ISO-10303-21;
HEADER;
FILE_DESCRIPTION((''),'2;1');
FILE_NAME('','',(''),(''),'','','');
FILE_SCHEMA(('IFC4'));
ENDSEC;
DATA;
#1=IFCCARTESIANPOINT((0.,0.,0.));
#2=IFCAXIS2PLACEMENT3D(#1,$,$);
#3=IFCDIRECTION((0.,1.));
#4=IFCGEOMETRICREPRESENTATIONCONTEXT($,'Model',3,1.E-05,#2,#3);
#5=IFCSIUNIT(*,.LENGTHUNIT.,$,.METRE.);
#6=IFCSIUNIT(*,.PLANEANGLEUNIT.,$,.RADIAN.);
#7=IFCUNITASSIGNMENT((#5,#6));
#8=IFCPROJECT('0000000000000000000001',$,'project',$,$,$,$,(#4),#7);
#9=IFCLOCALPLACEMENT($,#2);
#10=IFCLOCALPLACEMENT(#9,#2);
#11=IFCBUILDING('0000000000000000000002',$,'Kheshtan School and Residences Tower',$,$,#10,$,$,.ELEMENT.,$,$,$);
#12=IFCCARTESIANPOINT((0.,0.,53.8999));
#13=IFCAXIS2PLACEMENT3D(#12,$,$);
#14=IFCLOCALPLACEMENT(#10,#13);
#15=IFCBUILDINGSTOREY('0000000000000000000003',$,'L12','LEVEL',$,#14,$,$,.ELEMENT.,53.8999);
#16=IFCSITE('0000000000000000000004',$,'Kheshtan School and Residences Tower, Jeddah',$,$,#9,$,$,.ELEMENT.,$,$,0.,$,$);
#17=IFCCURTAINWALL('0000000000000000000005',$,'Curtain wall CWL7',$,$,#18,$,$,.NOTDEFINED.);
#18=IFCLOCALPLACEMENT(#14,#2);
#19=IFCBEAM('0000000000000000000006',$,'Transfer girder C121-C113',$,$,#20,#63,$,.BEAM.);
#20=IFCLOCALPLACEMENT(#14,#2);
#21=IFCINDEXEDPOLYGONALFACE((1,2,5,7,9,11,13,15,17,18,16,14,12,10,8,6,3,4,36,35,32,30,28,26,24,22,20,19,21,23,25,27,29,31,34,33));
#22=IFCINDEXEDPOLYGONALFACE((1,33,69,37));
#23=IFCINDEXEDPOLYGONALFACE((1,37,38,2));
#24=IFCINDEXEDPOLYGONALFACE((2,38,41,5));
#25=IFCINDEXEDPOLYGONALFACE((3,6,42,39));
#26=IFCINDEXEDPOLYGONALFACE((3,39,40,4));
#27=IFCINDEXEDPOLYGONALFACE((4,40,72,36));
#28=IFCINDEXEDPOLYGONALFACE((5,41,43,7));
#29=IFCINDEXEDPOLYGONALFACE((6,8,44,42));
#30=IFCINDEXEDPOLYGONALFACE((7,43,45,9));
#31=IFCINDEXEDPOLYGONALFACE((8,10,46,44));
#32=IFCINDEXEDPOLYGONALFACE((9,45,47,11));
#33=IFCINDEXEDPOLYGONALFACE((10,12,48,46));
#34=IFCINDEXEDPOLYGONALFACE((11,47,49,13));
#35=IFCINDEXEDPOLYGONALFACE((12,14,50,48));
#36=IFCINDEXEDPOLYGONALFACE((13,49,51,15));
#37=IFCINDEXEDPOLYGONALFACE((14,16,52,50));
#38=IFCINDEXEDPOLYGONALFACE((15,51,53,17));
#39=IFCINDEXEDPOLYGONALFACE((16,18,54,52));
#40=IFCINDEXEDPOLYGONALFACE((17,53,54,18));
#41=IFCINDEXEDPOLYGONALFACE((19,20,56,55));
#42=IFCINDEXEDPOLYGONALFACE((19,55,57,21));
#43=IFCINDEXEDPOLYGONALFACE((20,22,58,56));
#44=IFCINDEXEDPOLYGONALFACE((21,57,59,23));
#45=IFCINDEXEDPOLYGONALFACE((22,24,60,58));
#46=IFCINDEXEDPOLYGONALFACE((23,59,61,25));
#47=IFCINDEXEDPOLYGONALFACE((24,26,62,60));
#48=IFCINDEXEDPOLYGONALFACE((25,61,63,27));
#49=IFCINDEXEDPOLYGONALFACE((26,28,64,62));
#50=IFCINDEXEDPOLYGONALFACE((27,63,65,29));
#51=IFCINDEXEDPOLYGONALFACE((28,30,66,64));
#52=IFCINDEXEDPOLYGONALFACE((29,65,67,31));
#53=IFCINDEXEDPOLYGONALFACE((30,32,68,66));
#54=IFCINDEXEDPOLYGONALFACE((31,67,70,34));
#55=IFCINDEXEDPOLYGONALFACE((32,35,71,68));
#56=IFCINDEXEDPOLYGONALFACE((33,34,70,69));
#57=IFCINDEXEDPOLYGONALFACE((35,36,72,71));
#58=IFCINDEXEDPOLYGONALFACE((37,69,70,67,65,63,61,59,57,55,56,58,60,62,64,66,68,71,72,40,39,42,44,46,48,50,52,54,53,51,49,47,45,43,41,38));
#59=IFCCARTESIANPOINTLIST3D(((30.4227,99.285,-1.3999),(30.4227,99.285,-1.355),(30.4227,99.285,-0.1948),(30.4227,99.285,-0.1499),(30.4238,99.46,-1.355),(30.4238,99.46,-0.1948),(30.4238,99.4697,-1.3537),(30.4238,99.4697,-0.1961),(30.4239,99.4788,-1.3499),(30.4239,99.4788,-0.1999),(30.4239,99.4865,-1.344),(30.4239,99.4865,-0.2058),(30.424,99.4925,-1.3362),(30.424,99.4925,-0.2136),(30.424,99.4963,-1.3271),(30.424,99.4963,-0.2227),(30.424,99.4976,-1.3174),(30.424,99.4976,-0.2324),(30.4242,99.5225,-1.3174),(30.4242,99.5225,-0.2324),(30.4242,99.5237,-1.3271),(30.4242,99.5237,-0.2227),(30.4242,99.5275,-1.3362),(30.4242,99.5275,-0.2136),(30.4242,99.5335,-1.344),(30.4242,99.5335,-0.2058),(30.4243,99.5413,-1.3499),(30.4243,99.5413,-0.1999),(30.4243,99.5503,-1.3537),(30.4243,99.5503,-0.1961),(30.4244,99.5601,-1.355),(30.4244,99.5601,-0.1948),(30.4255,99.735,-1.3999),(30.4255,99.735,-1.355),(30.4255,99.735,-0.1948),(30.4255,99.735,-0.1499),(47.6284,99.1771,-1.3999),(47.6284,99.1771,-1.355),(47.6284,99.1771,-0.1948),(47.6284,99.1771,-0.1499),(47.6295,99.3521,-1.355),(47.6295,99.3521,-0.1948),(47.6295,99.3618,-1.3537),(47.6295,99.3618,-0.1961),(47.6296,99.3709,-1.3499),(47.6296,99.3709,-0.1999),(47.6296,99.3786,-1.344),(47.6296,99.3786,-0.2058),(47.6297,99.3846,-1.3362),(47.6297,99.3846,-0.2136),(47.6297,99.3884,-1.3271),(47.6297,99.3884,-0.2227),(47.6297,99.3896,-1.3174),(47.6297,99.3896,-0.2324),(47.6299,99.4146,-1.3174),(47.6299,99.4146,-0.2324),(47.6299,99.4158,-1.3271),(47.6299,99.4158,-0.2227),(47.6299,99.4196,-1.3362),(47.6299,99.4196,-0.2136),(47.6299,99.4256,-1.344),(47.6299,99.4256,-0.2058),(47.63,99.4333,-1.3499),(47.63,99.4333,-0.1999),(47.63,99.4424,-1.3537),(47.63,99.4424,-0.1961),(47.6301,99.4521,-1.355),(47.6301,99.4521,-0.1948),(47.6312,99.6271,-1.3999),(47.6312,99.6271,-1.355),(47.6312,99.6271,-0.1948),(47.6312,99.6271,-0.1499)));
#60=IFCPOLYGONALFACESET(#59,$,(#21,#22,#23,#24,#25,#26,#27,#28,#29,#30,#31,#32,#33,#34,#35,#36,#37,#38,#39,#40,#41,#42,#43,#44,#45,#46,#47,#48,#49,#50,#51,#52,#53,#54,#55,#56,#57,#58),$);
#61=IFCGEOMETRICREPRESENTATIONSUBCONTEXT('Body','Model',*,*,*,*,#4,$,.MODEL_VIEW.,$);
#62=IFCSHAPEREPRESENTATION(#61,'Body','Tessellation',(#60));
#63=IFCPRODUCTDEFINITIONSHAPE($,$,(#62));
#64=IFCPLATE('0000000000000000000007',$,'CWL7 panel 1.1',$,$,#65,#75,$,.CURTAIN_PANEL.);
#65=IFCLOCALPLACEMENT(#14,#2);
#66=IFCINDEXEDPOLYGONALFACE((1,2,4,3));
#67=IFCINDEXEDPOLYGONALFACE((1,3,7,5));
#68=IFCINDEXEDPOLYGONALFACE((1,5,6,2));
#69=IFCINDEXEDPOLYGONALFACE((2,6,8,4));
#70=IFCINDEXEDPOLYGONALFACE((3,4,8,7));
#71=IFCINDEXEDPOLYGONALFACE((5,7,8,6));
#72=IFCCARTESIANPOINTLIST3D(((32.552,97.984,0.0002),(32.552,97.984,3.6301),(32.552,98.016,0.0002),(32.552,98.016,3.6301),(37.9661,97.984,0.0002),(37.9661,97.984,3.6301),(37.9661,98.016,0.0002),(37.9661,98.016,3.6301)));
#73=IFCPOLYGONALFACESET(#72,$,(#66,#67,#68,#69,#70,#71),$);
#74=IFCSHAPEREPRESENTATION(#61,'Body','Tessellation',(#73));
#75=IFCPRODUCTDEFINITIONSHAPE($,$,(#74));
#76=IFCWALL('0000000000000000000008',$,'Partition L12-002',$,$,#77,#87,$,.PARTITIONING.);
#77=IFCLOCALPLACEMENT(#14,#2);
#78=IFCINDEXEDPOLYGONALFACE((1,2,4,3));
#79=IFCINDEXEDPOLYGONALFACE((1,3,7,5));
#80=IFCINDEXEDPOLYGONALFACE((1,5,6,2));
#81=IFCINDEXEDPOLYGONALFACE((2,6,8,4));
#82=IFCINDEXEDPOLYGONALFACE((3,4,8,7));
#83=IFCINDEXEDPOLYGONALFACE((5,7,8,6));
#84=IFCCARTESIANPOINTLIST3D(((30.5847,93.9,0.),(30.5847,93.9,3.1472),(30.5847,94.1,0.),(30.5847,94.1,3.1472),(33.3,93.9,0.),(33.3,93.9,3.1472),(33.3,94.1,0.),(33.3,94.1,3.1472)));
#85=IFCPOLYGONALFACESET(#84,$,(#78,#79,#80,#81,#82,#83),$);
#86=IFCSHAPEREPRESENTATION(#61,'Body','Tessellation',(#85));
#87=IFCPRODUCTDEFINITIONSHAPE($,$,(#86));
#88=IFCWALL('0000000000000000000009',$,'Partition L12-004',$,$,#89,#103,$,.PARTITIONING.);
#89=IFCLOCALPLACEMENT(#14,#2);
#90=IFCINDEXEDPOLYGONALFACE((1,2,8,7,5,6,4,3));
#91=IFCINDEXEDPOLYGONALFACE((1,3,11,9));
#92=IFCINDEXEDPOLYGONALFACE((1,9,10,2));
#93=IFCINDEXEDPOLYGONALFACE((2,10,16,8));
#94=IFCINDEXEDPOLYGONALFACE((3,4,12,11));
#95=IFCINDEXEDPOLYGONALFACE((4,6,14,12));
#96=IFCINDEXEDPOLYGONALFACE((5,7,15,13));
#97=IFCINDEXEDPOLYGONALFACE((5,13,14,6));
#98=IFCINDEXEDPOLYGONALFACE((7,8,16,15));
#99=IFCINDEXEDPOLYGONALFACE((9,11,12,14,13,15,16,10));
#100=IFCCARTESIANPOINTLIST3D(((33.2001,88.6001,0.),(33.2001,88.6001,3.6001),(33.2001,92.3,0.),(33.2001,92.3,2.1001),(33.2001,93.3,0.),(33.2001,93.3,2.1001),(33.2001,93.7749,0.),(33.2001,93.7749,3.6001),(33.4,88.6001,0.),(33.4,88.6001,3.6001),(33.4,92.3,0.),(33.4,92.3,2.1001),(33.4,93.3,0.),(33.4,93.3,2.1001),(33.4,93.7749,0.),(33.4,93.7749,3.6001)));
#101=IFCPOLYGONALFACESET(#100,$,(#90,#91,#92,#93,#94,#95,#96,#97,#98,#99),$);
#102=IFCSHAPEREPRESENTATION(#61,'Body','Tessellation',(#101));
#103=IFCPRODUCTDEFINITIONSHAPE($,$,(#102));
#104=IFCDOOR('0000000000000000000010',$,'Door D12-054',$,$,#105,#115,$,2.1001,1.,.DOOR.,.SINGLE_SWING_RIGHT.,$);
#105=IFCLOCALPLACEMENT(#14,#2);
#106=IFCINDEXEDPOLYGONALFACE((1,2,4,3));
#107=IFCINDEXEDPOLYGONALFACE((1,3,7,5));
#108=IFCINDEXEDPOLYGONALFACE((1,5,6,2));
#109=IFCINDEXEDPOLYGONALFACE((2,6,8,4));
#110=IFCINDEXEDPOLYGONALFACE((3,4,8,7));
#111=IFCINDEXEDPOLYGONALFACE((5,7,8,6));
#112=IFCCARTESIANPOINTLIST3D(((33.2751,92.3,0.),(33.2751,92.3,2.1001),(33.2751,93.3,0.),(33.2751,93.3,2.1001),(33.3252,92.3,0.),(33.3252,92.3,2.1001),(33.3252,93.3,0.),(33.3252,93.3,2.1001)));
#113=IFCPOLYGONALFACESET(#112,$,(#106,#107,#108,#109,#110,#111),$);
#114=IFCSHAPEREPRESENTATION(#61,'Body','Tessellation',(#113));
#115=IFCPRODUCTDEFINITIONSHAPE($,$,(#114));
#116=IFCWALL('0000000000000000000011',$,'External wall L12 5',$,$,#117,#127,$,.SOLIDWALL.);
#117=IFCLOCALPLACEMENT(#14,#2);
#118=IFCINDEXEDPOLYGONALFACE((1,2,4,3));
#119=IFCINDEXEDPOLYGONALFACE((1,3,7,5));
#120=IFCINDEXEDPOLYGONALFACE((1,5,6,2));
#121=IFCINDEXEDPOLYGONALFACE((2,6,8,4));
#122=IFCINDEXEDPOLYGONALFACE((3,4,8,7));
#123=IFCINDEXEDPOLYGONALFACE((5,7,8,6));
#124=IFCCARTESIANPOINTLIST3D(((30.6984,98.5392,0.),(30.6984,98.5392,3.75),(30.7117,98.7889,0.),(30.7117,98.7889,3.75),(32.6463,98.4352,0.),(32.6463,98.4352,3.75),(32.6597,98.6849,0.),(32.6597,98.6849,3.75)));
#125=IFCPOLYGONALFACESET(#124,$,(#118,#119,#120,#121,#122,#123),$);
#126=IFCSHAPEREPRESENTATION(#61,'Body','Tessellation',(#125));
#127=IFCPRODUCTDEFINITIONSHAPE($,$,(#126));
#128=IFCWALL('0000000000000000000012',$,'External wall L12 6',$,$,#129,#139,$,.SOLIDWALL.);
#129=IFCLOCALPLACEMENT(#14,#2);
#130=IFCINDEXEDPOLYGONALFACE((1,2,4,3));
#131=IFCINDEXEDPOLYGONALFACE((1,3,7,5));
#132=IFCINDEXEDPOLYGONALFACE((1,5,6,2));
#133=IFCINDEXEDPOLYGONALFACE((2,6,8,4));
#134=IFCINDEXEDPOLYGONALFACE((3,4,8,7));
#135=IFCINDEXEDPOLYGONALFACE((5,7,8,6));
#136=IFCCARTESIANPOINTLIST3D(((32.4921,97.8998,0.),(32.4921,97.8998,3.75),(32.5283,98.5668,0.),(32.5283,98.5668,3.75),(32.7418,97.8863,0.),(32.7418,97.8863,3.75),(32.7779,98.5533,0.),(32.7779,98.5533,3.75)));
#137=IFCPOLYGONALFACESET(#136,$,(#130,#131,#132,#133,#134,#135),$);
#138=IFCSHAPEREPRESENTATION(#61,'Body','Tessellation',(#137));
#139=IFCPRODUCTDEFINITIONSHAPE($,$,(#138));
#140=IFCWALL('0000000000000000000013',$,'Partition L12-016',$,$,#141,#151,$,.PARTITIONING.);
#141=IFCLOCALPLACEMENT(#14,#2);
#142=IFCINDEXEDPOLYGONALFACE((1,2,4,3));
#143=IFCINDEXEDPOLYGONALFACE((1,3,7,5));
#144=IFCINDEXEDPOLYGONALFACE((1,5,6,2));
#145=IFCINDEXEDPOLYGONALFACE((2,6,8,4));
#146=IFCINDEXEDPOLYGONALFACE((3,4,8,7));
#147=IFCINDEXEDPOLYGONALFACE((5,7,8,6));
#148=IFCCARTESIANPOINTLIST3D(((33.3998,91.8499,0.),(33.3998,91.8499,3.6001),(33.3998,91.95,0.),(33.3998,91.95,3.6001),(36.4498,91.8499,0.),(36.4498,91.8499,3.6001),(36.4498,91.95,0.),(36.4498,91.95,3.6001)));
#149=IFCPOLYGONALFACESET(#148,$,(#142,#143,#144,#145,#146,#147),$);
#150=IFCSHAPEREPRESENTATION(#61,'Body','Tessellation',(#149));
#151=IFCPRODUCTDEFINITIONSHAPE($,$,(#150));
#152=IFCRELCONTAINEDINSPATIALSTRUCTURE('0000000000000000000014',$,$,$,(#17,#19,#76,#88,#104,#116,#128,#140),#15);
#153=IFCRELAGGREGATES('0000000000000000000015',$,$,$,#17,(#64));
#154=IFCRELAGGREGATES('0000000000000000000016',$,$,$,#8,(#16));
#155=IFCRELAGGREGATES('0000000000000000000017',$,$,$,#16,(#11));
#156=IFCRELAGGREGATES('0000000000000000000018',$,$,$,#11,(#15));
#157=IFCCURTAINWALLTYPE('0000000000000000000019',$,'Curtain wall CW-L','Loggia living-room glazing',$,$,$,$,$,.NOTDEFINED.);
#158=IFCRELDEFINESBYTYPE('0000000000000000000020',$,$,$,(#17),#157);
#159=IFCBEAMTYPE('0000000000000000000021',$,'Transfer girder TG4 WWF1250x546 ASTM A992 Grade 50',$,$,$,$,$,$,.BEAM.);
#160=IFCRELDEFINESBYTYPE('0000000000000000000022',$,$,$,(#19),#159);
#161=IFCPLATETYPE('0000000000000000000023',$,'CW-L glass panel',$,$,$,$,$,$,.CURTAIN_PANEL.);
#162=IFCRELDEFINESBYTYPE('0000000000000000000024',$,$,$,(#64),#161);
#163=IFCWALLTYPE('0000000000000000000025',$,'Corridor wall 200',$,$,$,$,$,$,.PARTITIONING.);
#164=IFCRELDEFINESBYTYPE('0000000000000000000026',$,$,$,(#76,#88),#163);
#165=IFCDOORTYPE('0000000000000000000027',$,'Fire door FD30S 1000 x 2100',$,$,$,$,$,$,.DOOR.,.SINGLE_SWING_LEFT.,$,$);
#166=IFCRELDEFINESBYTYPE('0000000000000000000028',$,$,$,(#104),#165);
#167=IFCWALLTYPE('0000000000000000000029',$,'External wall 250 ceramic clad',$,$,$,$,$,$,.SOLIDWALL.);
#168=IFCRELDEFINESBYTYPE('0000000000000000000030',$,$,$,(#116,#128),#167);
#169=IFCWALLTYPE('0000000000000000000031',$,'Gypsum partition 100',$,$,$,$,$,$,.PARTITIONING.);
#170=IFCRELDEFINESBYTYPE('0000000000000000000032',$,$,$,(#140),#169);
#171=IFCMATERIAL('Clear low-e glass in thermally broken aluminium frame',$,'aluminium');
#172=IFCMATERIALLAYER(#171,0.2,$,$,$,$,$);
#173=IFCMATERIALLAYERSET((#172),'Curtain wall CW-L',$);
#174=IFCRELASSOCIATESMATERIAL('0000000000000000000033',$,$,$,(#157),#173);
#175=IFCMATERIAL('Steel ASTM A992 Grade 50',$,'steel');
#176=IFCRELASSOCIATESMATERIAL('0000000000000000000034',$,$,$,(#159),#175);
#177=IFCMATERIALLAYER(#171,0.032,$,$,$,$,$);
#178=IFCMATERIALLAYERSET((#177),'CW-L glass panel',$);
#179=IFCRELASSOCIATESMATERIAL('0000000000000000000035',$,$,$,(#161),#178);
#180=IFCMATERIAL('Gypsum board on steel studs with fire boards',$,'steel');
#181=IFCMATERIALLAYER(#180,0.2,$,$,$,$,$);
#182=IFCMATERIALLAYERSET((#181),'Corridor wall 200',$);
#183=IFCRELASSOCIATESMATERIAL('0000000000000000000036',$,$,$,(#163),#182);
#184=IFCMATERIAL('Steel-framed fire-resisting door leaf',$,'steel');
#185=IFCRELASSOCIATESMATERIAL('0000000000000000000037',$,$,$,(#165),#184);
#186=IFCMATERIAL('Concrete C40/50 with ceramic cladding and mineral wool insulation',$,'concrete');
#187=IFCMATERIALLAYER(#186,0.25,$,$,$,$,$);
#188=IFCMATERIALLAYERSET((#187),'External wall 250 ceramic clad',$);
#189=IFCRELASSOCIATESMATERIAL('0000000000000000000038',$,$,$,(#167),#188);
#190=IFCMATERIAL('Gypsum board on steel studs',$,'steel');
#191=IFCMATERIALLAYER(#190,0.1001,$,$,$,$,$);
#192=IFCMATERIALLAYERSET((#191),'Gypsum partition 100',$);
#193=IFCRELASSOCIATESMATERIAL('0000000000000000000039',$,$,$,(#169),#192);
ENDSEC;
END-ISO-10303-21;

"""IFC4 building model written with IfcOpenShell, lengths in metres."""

from ifc_helpers import new_model, si_unit, direction, frame, frame_2d, origin, origin_2d, place, context, subcontext, project, spatial, rectangle, i_section, extrude, source, transform, mapped, material, layer, layer_set, material_profile, profile_set, type_object, element, fill, aggregate, save


model = new_model("IFC4")

# Units and contexts
model_context = context("Model", 3, precision=1e-05, world=origin(), true_north=direction((0.0, 1.0)))
body_context = subcontext(model_context, "Body", "Model", "MODEL_VIEW")
ifc_project = project(units=[si_unit("LENGTHUNIT", "METRE"), si_unit("PLANEANGLEUNIT", "RADIAN")], contexts=[model_context])

# Site, building, storey
site_placement = place(None, origin())
site = spatial("IfcSite", under=ifc_project, at=site_placement, Name="Kheshtan School and Residences Tower, Jeddah", CompositionType="ELEMENT", RefElevation=0.0)
building_placement = place(site_placement, origin())
building = spatial("IfcBuilding", under=site, at=building_placement, Name="Kheshtan School and Residences Tower", CompositionType="ELEMENT")
storey_placement = place(building_placement, frame((0.0, 0.0, 53.8999)))
storey = spatial("IfcBuildingStorey", under=building, at=storey_placement, Name="L12", Description="LEVEL", CompositionType="ELEMENT", Elevation=53.8999)

# Shared definitions
ifc_material_1 = material(Name="Steel ASTM A992 Grade 50", Category="steel")

# Curtain wall
ifc_material_2 = material(Name="Clear low-e glass in thermally broken aluminium frame", Category="aluminium")
ifc_layer_1 = layer(ifc_material_2, 0.2)
ifc_layer_set_1 = layer_set([ifc_layer_1], Name="Curtain wall CW-L")
curtain_wall_type = type_object("IfcCurtainWallType", Name="Curtain wall CW-L", Description="Loggia living-room glazing", PredefinedType="NOTDEFINED", material=ifc_layer_set_1)
curtain_wall_placement = place(storey_placement, origin())
curtain_wall = element("IfcCurtainWall", 1, at=curtain_wall_placement, inside=storey, type_object=curtain_wall_type, Name="Curtain wall CWL7", PredefinedType="NOTDEFINED")

# Beam
ifc_material_profile_1 = material_profile(ifc_material_1, i_section(OverallWidth=0.45, OverallDepth=1.25, WebThickness=0.0249, FlangeThickness=0.0449, FilletRadius=0.0376, at=origin_2d()), Name="WWF1250x546")
ifc_profile_set_1 = profile_set([ifc_material_profile_1], Name="Steel ASTM A992 Grade 50")
beam_type_1 = type_object("IfcBeamType", Name="Transfer girder TG4 WWF1250x546 ASTM A992 Grade 50", PredefinedType="BEAM", material=ifc_profile_set_1)
beam_1_placement = place(storey_placement, frame((30.4241, 99.51, -0.7749), z_axis=(0.99998, -0.006272, 0.0), x_axis=(0.006272, 0.99998, 0.0)))
element("IfcBeam", 2, at=beam_1_placement, inside=storey, type_object=beam_type_1, Name="Transfer girder C121-C113", PredefinedType="BEAM", context=body_context, shape_type="SweptSolid", body=[
    extrude(i_section(OverallWidth=0.45, OverallDepth=1.25, WebThickness=0.0249, FlangeThickness=0.0449, FilletRadius=0.0376, at=origin_2d()), origin(), (0.0, 0.0, 1.0), 17.2061),
])

# Plate
ifc_layer_2 = layer(ifc_material_2, 0.032)
ifc_layer_set_2 = layer_set([ifc_layer_2], Name="CW-L glass panel")
plate_type = type_object("IfcPlateType", Name="CW-L glass panel", PredefinedType="CURTAIN_PANEL", material=ifc_layer_set_2)
plate_placement = place(storey_placement, frame((35.259, 98.0, 0.0002), z_axis=(0.0, 0.0, 1.0), x_axis=(1.0, 0.0, 0.0)))
plate = element("IfcPlate", 3, at=plate_placement, type_object=plate_type, Name="CWL7 panel 1.1", PredefinedType="CURTAIN_PANEL", context=body_context, shape_type="SweptSolid", body=[
    extrude(rectangle(XDim=5.4141, YDim=0.032, at=origin_2d()), origin(), (0.0, 0.0, 1.0), 3.6299),
])
aggregate(curtain_wall, [plate])

# Wall
ifc_material_3 = material(Name="Gypsum board on steel studs with fire boards", Category="steel")
ifc_layer_3 = layer(ifc_material_3, 0.2)
ifc_layer_set_3 = layer_set([ifc_layer_3], Name="Corridor wall 200")
wall_type_1 = type_object("IfcWallType", Name="Corridor wall 200", PredefinedType="PARTITIONING", material=ifc_layer_set_3)
wall_1_placement = place(storey_placement, frame((30.5847, 94.0, 0.0), z_axis=(0.0, 0.0, 1.0), x_axis=(1.0, 0.0, 0.0)))
element("IfcWall", 4, at=wall_1_placement, inside=storey, type_object=wall_type_1, Name="Partition L12-002", PredefinedType="PARTITIONING", context=body_context, shape_type="SweptSolid", body=[
    extrude(rectangle(XDim=2.7153, YDim=0.2, at=frame_2d((1.3577, 0.0))), origin(), (0.0, 0.0, 1.0), 3.1472),
])

# Wall, opening, door
wall_2_placement = place(storey_placement, frame((33.3, 88.6001, 0.0), z_axis=(0.0, 0.0, 1.0), x_axis=(0.0, 1.0, 0.0)))
wall_2 = element("IfcWall", 5, at=wall_2_placement, inside=storey, type_object=wall_type_1, Name="Partition L12-004", PredefinedType="PARTITIONING", context=body_context, shape_type="SweptSolid", body=[
    extrude(rectangle(XDim=5.1748, YDim=0.2, at=frame_2d((2.5874, 0.0))), origin(), (0.0, 0.0, 1.0), 3.6001),
])
opening_1_placement = place(wall_2_placement, frame((3.7, 0.0, 0.0)))
opening_1 = element("IfcOpeningElement", 6, at=opening_1_placement, cuts=wall_2, PredefinedType="OPENING", context=body_context, shape_type="SweptSolid", body=[
    extrude(rectangle(XDim=1.0, YDim=2.1001, at=frame_2d((0.5, 1.05))), frame((0.0, 0.1099, 0.0), z_axis=(0.0, -1.0, 0.0), x_axis=(1.0, 0.0, 0.0)), (0.0, 0.0, 1.0), 0.22),
])
ifc_material_4 = material(Name="Steel-framed fire-resisting door leaf", Category="steel")
door_type_1 = type_object("IfcDoorType", Name="Fire door FD30S 1000 x 2100", OperationType="SINGLE_SWING_LEFT", PredefinedType="DOOR", material=ifc_material_4)
shared_shape_1 = source(origin(), body_context, "Body", "SweptSolid", [
    extrude(rectangle(XDim=1.0, YDim=2.1001, at=frame_2d((0.5, 1.05))), frame((0.0, 0.0249, 0.0), z_axis=(0.0, -1.0, 0.0), x_axis=(1.0, 0.0, 0.0)), (0.0, 0.0, 1.0), 0.05),
])
door_1_placement = place(opening_1_placement, origin())
door_1 = element("IfcDoor", 7, at=door_1_placement, inside=storey, type_object=door_type_1, Name="Door D12-054", OperationType="SINGLE_SWING_RIGHT", OverallHeight=2.1001, OverallWidth=1.0, PredefinedType="DOOR", context=body_context, shape_type="MappedRepresentation", body=[
    mapped(shared_shape_1, transform((0.0, 0.0, 0.0), x_axis=(1.0, 0.0, 0.0), y_axis=(0.0, 1.0, 0.0), z_axis=(0.0, 0.0, 1.0), scale=1.0)),
])
fill(opening_1, door_1)

# Walls
ifc_material_5 = material(Name="Concrete C40/50 with ceramic cladding and mineral wool insulation", Category="concrete")
ifc_layer_4 = layer(ifc_material_5, 0.25)
ifc_layer_set_4 = layer_set([ifc_layer_4], Name="External wall 250 ceramic clad")
wall_type_2 = type_object("IfcWallType", Name="External wall 250 ceramic clad", PredefinedType="SOLIDWALL", material=ifc_layer_set_4)
wall_3_placement = place(storey_placement, frame((30.7051, 98.6641, 0.0), z_axis=(0.0, 0.0, 1.0), x_axis=(0.998578, -0.053314, 0.0)))
element("IfcWall", 8, at=wall_3_placement, inside=storey, type_object=wall_type_2, Name="External wall L12 5", PredefinedType="SOLIDWALL", context=body_context, shape_type="SweptSolid", body=[
    extrude(rectangle(XDim=1.9507, YDim=0.25, at=frame_2d((0.9753, 0.0))), origin(), (0.0, 0.0, 1.0), 3.75),
])
wall_4_placement = place(storey_placement, frame((32.6531, 98.5601, 0.0), z_axis=(0.0, 0.0, 1.0), x_axis=(-0.054093, -0.998536, 0.0)))
element("IfcWall", 9, at=wall_4_placement, inside=storey, type_object=wall_type_2, Name="External wall L12 6", PredefinedType="SOLIDWALL", context=body_context, shape_type="SweptSolid", body=[
    extrude(rectangle(XDim=0.668, YDim=0.25, at=frame_2d((0.334, 0.0))), origin(), (0.0, 0.0, 1.0), 3.75),
])
ifc_material_6 = material(Name="Gypsum board on steel studs", Category="steel")
ifc_layer_5 = layer(ifc_material_6, 0.1001)
ifc_layer_set_5 = layer_set([ifc_layer_5], Name="Gypsum partition 100")
wall_type_3 = type_object("IfcWallType", Name="Gypsum partition 100", PredefinedType="PARTITIONING", material=ifc_layer_set_5)
wall_5_placement = place(storey_placement, frame((33.3999, 91.8999, 0.0), z_axis=(0.0, 0.0, 1.0), x_axis=(1.0, 0.0, 0.0)))
element("IfcWall", 10, at=wall_5_placement, inside=storey, type_object=wall_type_3, Name="Partition L12-016", PredefinedType="PARTITIONING", context=body_context, shape_type="SweptSolid", body=[
    extrude(rectangle(XDim=3.05, YDim=0.1001, at=frame_2d((1.5249, 0.0))), origin(), (0.0, 0.0, 1.0), 3.6001),
])

save(model, "model.ifc")
